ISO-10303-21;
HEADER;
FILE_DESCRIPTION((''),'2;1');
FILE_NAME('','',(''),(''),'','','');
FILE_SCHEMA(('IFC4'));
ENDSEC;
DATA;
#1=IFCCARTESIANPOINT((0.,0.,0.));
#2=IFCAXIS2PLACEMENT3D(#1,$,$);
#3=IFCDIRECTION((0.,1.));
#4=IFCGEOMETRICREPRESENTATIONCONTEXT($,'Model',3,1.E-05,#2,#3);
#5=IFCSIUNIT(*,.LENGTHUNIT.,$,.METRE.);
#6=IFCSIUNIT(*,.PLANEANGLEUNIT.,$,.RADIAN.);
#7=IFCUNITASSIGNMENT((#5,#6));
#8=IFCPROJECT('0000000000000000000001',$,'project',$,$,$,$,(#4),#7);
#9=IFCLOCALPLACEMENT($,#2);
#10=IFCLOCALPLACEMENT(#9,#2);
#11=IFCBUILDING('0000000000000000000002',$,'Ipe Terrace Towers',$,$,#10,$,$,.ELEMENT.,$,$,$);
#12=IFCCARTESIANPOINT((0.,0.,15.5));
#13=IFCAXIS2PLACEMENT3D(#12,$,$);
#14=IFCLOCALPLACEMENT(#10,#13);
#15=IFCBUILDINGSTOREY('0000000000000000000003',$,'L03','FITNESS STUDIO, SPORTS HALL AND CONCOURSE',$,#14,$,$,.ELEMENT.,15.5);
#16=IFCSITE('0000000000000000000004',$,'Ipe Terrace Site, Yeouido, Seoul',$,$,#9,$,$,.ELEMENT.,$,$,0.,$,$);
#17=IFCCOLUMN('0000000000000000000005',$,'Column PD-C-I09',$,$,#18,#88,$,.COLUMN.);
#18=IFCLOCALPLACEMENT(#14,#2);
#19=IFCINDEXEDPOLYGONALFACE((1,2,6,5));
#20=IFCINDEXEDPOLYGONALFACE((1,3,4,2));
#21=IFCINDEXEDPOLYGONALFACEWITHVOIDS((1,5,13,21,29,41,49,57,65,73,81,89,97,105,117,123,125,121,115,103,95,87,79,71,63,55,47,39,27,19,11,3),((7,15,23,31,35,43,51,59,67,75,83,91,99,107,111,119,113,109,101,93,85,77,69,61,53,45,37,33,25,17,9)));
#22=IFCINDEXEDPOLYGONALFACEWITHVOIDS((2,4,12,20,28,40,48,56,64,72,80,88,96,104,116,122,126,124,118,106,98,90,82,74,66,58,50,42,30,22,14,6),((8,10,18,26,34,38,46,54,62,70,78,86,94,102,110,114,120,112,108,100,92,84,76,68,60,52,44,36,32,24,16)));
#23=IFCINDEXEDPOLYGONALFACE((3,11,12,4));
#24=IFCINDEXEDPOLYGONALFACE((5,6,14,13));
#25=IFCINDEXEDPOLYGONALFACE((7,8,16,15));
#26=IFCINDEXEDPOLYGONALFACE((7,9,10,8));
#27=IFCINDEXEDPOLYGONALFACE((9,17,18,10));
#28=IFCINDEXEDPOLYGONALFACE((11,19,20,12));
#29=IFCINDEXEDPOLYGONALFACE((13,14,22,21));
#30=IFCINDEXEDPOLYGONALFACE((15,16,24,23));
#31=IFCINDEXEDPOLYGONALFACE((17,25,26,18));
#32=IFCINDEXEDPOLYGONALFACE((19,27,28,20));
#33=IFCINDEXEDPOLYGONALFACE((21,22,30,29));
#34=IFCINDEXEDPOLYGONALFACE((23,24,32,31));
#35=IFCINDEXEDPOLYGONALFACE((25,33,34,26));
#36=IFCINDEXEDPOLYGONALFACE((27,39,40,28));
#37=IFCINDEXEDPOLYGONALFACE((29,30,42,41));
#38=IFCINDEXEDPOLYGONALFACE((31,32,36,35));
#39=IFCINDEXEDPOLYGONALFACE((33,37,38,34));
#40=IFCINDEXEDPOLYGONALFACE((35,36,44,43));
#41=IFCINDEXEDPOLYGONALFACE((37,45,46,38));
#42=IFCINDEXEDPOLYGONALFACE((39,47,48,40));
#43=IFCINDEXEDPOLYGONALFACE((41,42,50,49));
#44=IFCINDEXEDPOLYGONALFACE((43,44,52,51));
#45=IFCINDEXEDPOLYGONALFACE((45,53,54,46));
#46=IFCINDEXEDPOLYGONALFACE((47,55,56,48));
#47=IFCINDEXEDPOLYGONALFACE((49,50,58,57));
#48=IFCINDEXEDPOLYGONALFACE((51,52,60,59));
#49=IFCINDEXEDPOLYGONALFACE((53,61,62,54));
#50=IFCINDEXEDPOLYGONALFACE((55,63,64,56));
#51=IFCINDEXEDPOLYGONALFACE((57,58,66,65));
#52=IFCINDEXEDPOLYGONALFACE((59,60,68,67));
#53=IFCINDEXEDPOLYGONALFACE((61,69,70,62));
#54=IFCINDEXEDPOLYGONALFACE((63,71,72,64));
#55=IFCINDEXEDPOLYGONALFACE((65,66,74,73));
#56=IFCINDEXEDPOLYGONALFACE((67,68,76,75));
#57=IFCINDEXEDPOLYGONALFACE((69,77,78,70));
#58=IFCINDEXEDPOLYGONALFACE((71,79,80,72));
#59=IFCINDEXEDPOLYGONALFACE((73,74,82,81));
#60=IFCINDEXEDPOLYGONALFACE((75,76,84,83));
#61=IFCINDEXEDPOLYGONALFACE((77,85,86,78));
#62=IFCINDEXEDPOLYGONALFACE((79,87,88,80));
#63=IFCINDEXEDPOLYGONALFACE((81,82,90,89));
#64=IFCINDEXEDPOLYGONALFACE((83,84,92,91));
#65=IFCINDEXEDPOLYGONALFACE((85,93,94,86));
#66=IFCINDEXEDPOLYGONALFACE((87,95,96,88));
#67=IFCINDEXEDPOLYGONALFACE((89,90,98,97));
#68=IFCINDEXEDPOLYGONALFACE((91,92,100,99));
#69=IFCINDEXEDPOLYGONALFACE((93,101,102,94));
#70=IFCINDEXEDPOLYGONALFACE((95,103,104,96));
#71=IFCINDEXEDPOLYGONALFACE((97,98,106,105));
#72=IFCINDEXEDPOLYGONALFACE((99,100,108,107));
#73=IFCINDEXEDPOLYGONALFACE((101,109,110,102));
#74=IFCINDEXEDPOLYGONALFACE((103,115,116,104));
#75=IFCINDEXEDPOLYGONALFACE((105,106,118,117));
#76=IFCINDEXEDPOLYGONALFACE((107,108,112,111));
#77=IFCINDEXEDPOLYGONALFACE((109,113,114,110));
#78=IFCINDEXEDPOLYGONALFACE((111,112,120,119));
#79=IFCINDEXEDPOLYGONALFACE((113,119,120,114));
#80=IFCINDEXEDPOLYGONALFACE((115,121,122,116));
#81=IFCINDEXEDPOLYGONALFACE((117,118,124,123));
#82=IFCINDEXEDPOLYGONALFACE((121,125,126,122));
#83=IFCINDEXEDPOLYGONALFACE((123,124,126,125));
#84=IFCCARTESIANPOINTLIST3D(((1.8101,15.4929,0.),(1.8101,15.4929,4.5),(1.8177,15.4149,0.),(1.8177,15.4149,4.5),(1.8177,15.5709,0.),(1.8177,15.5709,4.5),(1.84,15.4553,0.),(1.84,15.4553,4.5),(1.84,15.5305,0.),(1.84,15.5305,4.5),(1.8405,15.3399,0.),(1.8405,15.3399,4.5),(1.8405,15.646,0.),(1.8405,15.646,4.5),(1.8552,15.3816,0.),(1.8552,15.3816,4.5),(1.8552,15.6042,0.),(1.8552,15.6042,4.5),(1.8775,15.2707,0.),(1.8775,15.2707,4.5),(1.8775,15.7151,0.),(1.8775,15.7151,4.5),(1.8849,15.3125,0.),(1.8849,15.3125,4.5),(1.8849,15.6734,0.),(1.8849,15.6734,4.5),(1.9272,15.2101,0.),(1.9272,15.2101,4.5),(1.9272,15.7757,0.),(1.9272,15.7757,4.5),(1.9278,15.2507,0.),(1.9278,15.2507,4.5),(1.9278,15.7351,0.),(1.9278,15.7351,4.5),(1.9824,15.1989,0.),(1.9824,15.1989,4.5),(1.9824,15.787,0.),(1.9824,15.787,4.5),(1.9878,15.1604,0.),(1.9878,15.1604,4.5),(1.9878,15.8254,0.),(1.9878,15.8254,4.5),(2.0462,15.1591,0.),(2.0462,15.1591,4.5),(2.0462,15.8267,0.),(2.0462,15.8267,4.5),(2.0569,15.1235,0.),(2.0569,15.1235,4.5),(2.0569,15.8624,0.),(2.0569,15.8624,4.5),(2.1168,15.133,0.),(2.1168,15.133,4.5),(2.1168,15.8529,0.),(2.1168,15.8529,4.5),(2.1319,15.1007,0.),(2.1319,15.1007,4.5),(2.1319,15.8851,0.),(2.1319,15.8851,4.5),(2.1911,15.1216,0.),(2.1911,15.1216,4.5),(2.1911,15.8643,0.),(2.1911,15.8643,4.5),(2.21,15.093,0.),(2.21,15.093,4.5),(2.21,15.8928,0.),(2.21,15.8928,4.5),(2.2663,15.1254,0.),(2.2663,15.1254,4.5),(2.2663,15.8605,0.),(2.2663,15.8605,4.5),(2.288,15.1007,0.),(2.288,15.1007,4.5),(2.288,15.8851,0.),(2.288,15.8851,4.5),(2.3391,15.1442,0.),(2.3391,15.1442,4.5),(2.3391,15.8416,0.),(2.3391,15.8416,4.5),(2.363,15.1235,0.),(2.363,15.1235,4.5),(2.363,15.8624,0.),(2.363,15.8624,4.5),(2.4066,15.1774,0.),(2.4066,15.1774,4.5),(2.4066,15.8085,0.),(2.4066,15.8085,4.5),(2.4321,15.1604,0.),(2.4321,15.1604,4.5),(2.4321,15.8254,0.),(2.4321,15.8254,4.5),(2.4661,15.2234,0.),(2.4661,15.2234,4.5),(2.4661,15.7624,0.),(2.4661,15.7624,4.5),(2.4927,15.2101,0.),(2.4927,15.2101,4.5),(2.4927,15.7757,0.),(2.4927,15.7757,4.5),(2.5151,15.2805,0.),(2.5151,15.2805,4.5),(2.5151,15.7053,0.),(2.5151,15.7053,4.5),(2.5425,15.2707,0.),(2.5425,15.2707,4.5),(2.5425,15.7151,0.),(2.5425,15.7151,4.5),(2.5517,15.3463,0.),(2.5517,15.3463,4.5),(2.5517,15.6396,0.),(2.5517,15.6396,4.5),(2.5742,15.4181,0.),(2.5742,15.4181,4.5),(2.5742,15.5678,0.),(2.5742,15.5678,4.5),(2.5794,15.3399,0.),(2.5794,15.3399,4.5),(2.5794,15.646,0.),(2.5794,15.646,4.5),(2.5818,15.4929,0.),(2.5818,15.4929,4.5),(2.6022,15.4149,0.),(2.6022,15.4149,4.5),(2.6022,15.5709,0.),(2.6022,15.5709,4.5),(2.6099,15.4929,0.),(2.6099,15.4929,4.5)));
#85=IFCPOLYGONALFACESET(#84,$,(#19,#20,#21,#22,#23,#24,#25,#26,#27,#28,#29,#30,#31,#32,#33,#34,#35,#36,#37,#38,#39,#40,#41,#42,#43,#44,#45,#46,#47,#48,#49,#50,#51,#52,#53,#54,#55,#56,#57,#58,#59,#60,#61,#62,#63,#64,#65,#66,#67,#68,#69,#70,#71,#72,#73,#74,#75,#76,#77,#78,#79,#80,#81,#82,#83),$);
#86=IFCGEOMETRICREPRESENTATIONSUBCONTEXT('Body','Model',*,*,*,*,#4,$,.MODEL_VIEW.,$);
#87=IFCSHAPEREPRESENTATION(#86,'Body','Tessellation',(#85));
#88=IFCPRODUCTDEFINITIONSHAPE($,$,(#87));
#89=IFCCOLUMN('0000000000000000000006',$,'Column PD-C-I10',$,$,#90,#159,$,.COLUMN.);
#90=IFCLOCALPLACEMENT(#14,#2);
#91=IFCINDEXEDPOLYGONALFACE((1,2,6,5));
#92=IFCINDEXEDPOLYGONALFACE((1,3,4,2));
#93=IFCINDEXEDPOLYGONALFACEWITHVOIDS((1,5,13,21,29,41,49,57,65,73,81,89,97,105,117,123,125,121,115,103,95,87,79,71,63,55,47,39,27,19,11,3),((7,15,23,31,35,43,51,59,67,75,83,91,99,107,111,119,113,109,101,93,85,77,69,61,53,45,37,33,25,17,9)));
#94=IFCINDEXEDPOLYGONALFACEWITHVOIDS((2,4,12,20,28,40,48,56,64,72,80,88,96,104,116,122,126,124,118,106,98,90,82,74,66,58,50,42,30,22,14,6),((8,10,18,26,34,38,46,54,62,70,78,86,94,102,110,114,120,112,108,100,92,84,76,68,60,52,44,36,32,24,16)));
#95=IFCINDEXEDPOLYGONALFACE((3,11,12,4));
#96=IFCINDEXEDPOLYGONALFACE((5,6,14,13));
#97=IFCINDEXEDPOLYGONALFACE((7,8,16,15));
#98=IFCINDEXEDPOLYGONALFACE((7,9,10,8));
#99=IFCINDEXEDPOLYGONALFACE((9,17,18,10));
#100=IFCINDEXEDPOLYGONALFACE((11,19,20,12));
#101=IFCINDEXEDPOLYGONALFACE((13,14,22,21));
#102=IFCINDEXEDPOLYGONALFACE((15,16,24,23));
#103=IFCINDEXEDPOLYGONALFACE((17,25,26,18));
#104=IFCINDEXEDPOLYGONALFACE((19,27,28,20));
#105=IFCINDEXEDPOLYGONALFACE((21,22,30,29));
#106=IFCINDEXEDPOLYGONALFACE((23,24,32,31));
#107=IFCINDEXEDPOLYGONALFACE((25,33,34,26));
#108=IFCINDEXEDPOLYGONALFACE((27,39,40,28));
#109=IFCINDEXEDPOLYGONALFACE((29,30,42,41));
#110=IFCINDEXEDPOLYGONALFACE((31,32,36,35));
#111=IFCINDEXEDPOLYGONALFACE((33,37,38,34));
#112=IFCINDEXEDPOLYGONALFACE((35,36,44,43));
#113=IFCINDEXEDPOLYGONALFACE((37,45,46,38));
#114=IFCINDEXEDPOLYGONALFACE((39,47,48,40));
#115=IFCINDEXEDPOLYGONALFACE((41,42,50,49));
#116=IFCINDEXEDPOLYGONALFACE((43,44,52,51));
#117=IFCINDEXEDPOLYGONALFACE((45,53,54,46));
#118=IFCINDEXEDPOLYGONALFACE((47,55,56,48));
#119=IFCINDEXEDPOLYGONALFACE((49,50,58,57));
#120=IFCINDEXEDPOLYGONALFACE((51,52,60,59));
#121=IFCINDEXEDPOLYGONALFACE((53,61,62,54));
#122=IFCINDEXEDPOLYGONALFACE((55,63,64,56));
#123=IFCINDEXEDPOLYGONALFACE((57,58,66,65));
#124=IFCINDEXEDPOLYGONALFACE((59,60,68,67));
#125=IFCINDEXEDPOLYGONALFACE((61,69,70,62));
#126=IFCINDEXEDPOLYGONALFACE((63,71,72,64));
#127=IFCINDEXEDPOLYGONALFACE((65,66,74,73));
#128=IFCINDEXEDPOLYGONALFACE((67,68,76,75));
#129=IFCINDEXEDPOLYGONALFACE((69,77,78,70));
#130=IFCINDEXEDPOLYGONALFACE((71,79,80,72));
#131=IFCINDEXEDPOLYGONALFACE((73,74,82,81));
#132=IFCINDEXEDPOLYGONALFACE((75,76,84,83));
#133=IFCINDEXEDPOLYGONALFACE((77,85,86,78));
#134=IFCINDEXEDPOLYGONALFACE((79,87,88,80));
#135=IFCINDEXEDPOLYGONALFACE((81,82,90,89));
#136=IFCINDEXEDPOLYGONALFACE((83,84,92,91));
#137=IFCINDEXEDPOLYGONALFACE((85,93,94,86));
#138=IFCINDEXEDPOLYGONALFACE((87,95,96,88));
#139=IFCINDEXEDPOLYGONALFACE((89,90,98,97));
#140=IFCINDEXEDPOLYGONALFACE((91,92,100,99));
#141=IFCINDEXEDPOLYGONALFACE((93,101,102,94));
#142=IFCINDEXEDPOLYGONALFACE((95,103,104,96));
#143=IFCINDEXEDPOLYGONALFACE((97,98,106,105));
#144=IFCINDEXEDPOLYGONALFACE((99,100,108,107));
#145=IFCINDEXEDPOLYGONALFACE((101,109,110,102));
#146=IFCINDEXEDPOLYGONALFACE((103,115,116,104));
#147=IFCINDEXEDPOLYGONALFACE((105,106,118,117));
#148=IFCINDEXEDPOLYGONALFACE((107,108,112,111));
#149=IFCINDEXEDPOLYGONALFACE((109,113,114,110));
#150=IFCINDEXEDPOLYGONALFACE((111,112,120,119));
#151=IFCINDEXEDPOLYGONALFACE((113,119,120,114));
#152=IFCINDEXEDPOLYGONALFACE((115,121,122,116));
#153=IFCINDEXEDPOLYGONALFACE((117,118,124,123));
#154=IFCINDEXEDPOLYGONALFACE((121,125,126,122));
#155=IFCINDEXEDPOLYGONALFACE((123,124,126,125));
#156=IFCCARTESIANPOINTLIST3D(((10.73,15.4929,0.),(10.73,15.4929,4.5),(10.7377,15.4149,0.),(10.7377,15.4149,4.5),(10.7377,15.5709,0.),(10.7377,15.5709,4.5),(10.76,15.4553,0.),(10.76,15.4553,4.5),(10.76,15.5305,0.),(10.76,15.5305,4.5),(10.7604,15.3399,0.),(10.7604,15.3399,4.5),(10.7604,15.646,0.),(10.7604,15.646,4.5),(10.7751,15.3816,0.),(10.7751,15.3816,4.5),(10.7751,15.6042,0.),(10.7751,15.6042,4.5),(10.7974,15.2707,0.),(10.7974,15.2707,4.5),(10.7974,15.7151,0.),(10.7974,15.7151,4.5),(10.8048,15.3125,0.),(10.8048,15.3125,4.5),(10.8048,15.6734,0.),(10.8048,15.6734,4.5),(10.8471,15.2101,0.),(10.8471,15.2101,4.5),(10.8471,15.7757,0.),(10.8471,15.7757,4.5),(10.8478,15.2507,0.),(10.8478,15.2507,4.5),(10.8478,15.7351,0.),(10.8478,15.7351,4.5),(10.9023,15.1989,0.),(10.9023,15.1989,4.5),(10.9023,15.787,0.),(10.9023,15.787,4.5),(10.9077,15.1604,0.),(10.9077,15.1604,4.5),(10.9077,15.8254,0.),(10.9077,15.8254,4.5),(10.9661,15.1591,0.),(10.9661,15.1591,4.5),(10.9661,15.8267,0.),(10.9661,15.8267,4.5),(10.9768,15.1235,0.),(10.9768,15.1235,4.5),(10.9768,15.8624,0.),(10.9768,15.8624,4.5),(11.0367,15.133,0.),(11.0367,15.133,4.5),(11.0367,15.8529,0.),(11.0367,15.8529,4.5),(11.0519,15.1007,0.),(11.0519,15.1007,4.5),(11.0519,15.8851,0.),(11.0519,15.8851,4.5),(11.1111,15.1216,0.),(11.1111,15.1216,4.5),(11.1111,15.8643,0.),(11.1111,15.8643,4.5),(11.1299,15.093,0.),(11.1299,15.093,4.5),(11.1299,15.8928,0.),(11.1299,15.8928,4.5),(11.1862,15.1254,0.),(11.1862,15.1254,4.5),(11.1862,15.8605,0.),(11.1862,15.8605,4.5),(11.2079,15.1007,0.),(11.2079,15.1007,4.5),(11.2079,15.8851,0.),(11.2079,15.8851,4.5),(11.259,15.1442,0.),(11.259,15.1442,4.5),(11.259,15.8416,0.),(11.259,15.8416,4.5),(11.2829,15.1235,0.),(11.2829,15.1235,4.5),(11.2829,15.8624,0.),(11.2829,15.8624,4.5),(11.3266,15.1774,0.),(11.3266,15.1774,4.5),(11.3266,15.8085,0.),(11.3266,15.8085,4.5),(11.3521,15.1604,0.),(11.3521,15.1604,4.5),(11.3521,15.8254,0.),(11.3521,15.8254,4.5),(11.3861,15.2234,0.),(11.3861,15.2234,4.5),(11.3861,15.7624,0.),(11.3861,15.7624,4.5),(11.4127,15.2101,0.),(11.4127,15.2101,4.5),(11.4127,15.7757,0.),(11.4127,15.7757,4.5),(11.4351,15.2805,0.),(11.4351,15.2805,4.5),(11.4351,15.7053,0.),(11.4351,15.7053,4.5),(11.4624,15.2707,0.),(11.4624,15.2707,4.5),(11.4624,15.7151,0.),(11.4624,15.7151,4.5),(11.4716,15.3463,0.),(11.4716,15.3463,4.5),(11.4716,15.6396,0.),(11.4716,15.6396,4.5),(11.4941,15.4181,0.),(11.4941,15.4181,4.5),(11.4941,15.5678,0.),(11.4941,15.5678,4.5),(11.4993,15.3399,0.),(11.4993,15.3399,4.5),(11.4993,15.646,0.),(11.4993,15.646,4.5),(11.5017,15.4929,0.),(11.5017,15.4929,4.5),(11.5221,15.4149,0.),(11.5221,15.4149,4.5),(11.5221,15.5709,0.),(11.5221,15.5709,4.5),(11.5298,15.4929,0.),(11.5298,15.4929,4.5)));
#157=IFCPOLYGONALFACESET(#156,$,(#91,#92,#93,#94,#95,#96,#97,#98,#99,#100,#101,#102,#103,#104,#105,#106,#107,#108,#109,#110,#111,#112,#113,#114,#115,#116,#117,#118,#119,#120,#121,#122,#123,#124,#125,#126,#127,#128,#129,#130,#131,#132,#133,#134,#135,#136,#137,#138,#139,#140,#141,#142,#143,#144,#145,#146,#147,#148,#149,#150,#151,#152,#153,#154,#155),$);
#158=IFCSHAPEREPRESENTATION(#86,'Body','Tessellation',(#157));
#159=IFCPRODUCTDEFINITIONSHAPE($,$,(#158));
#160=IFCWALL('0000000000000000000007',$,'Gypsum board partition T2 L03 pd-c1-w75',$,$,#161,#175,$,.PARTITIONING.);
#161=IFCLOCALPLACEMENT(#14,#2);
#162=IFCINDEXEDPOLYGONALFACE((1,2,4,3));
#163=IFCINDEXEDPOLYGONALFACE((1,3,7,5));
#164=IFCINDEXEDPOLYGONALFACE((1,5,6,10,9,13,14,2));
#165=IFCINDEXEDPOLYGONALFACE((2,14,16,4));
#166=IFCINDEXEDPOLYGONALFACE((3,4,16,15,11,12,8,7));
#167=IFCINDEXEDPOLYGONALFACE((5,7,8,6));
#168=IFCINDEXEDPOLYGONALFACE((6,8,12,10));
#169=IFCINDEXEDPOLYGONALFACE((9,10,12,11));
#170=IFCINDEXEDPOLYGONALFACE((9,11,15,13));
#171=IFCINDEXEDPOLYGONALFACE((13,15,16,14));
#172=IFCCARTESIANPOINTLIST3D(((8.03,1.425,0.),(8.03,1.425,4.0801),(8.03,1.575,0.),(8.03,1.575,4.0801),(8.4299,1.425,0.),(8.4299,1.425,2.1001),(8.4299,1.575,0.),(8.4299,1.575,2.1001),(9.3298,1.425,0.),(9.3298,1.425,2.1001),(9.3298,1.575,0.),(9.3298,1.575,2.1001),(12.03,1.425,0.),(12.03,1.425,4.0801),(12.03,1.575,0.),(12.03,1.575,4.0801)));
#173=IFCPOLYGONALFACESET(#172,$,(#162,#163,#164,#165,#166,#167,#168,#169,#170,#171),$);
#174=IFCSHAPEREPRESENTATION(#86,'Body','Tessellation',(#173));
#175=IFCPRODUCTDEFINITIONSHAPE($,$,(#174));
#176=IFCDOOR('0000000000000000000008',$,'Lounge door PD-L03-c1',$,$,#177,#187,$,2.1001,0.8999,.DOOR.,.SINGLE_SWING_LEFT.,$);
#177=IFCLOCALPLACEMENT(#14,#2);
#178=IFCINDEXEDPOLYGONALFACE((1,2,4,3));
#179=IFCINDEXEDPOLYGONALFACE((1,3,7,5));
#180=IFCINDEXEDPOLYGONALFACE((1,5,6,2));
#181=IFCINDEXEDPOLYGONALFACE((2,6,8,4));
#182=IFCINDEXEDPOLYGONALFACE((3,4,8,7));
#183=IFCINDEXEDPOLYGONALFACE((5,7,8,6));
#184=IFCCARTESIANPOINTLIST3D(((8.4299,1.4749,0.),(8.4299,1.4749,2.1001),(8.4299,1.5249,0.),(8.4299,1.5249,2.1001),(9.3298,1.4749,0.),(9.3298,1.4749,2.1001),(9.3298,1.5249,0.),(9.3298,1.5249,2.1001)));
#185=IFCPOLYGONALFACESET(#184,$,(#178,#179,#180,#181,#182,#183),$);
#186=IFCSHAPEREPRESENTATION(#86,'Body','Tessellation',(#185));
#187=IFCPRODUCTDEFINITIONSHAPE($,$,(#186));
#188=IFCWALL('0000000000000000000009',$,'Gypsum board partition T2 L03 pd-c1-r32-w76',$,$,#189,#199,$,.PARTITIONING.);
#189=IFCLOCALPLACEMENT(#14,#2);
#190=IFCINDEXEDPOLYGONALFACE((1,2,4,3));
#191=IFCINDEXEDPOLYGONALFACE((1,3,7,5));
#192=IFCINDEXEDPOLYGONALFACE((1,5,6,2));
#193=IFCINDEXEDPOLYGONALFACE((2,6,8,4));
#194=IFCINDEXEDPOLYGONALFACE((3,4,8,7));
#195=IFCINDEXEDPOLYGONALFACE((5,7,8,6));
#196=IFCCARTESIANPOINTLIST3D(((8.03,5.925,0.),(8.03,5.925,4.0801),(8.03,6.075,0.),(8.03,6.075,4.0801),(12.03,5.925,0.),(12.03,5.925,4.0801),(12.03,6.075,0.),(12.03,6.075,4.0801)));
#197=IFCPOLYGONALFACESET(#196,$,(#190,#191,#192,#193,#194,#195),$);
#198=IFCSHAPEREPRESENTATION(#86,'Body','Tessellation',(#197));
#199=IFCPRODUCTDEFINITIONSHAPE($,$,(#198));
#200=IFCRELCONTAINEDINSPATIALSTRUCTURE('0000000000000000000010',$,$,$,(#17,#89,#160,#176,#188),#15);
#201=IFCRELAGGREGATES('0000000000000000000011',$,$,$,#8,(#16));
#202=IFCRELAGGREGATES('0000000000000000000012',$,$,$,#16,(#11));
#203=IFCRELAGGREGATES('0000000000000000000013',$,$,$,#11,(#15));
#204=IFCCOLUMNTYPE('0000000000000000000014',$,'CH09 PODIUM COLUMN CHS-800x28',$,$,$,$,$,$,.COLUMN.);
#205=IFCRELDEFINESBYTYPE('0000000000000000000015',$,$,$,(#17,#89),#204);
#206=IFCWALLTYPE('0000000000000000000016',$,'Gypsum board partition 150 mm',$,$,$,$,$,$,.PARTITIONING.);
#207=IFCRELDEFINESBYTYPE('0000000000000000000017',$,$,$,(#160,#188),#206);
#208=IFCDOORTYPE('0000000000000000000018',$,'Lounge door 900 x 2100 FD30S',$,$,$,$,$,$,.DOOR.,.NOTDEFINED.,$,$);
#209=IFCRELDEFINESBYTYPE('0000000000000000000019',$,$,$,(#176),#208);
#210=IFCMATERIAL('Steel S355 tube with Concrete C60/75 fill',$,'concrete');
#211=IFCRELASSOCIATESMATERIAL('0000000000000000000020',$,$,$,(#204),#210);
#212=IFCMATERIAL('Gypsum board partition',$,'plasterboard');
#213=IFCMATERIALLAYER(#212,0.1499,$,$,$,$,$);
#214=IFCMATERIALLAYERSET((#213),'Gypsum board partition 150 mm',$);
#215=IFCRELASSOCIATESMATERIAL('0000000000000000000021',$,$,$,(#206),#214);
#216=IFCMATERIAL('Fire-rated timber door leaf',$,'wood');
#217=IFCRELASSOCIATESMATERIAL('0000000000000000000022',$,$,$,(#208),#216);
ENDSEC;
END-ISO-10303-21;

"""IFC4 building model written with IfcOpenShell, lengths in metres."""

from ifc_helpers import new_model, si_unit, direction, frame, frame_2d, origin, origin_2d, place, context, subcontext, project, spatial, rectangle, hollow_circle, extrude, material, layer, layer_set, material_profile, profile_set, type_object, element, fill, save


model = new_model("IFC4")

# Units and contexts
model_context = context("Model", 3, precision=1e-05, world=origin(), true_north=direction((0.0, 1.0)))
body_context = subcontext(model_context, "Body", "Model", "MODEL_VIEW")
ifc_project = project(units=[si_unit("LENGTHUNIT", "METRE"), si_unit("PLANEANGLEUNIT", "RADIAN")], contexts=[model_context])

# Site, building, storey
site_placement = place(None, origin())
site = spatial("IfcSite", under=ifc_project, at=site_placement, Name="Ipe Terrace Site, Yeouido, Seoul", CompositionType="ELEMENT", RefElevation=0.0)
building_placement = place(site_placement, origin())
building = spatial("IfcBuilding", under=site, at=building_placement, Name="Ipe Terrace Towers", CompositionType="ELEMENT")
storey_placement = place(building_placement, frame((0.0, 0.0, 15.5)))
storey = spatial("IfcBuildingStorey", under=building, at=storey_placement, Name="L03", Description="FITNESS STUDIO, SPORTS HALL AND CONCOURSE", CompositionType="ELEMENT", Elevation=15.5)

# Columns
ifc_material_1 = material(Name="Steel S355 tube with Concrete C60/75 fill", Category="concrete")
ifc_material_profile_1 = material_profile(ifc_material_1, hollow_circle(Radius=0.3999, WallThickness=0.0281, at=origin_2d()), Name="CHS-800x28")
ifc_profile_set_1 = profile_set([ifc_material_profile_1], Name="Steel S355 tube with Concrete C60/75 fill")
column_type_1 = type_object("IfcColumnType", Name="CH09 PODIUM COLUMN CHS-800x28", PredefinedType="COLUMN", material=ifc_profile_set_1)
for number, where, z_axis, x_axis, name in (
    (1, (2.21, 15.4929, 0.0), (0.0, 0.0, 1.0), (1.0, 0.0, 0.0), "Column PD-C-I09"),
    (2, (11.1299, 15.4929, 0.0), (0.0, 0.0, 1.0), (1.0, 0.0, 0.0), "Column PD-C-I10"),
):
    element("IfcColumn", number, at=place(storey_placement, frame(where, z_axis=z_axis, x_axis=x_axis)), inside=storey, type_object=column_type_1, Name=name, PredefinedType="COLUMN", context=body_context, shape_type="SweptSolid", body=[
        extrude(hollow_circle(Radius=0.3999, WallThickness=0.0281, at=origin_2d()), origin(), (0.0, 0.0, 1.0), 4.5),
    ])

# Wall, opening, door
ifc_material_2 = material(Name="Gypsum board partition", Category="plasterboard")
ifc_layer = layer(ifc_material_2, 0.1499)
ifc_layer_set = layer_set([ifc_layer], Name="Gypsum board partition 150 mm")
wall_type = type_object("IfcWallType", Name="Gypsum board partition 150 mm", PredefinedType="PARTITIONING", material=ifc_layer_set)
wall_1_placement = place(storey_placement, frame((8.03, 1.5, 0.0), z_axis=(0.0, 0.0, 1.0), x_axis=(1.0, 0.0, 0.0)))
wall_1 = element("IfcWall", 3, at=wall_1_placement, inside=storey, type_object=wall_type, Name="Gypsum board partition T2 L03 pd-c1-w75", PredefinedType="PARTITIONING", context=body_context, shape_type="SweptSolid", body=[
    extrude(rectangle(XDim=4.0, YDim=0.1499, at=frame_2d((2.0, 0.0))), origin(), (0.0, 0.0, 1.0), 4.0801),
])
opening_1_placement = place(wall_1_placement, frame((0.3999, 0.0, 0.0)))
opening_1 = element("IfcOpeningElement", 4, at=opening_1_placement, cuts=wall_1, PredefinedType="OPENING", context=body_context, shape_type="SweptSolid", body=[
    extrude(rectangle(XDim=0.8999, YDim=2.1001, at=frame_2d((0.45, 1.05))), frame((0.0, 0.085, 0.0), z_axis=(0.0, -1.0, 0.0), x_axis=(1.0, 0.0, 0.0)), (0.0, 0.0, 1.0), 0.1699),
])
ifc_material_3 = material(Name="Fire-rated timber door leaf", Category="wood")
door_type = type_object("IfcDoorType", Name="Lounge door 900 x 2100 FD30S", OperationType="NOTDEFINED", PredefinedType="DOOR", material=ifc_material_3)
door_1_placement = place(opening_1_placement, origin())
door_1 = element("IfcDoor", 5, at=door_1_placement, inside=storey, type_object=door_type, Name="Lounge door PD-L03-c1", OperationType="SINGLE_SWING_LEFT", OverallHeight=2.1001, OverallWidth=0.8999, PredefinedType="DOOR", context=body_context, shape_type="SweptSolid", body=[
    extrude(rectangle(XDim=0.8999, YDim=2.1001, at=frame_2d((0.45, 1.05))), frame((0.0, 0.0249, 0.0), z_axis=(0.0, -1.0, 0.0), x_axis=(1.0, 0.0, 0.0)), (0.0, 0.0, 1.0), 0.05),
])
fill(opening_1, door_1)

# Wall
wall_2_placement = place(storey_placement, frame((12.03, 6.0, 0.0), z_axis=(0.0, 0.0, 1.0), x_axis=(-1.0, 0.0, 0.0)))
element("IfcWall", 6, at=wall_2_placement, inside=storey, type_object=wall_type, Name="Gypsum board partition T2 L03 pd-c1-r32-w76", PredefinedType="PARTITIONING", context=body_context, shape_type="SweptSolid", body=[
    extrude(rectangle(XDim=4.0, YDim=0.1499, at=frame_2d((2.0, 0.0))), origin(), (0.0, 0.0, 1.0), 4.0801),
])

save(model, "model.ifc")
